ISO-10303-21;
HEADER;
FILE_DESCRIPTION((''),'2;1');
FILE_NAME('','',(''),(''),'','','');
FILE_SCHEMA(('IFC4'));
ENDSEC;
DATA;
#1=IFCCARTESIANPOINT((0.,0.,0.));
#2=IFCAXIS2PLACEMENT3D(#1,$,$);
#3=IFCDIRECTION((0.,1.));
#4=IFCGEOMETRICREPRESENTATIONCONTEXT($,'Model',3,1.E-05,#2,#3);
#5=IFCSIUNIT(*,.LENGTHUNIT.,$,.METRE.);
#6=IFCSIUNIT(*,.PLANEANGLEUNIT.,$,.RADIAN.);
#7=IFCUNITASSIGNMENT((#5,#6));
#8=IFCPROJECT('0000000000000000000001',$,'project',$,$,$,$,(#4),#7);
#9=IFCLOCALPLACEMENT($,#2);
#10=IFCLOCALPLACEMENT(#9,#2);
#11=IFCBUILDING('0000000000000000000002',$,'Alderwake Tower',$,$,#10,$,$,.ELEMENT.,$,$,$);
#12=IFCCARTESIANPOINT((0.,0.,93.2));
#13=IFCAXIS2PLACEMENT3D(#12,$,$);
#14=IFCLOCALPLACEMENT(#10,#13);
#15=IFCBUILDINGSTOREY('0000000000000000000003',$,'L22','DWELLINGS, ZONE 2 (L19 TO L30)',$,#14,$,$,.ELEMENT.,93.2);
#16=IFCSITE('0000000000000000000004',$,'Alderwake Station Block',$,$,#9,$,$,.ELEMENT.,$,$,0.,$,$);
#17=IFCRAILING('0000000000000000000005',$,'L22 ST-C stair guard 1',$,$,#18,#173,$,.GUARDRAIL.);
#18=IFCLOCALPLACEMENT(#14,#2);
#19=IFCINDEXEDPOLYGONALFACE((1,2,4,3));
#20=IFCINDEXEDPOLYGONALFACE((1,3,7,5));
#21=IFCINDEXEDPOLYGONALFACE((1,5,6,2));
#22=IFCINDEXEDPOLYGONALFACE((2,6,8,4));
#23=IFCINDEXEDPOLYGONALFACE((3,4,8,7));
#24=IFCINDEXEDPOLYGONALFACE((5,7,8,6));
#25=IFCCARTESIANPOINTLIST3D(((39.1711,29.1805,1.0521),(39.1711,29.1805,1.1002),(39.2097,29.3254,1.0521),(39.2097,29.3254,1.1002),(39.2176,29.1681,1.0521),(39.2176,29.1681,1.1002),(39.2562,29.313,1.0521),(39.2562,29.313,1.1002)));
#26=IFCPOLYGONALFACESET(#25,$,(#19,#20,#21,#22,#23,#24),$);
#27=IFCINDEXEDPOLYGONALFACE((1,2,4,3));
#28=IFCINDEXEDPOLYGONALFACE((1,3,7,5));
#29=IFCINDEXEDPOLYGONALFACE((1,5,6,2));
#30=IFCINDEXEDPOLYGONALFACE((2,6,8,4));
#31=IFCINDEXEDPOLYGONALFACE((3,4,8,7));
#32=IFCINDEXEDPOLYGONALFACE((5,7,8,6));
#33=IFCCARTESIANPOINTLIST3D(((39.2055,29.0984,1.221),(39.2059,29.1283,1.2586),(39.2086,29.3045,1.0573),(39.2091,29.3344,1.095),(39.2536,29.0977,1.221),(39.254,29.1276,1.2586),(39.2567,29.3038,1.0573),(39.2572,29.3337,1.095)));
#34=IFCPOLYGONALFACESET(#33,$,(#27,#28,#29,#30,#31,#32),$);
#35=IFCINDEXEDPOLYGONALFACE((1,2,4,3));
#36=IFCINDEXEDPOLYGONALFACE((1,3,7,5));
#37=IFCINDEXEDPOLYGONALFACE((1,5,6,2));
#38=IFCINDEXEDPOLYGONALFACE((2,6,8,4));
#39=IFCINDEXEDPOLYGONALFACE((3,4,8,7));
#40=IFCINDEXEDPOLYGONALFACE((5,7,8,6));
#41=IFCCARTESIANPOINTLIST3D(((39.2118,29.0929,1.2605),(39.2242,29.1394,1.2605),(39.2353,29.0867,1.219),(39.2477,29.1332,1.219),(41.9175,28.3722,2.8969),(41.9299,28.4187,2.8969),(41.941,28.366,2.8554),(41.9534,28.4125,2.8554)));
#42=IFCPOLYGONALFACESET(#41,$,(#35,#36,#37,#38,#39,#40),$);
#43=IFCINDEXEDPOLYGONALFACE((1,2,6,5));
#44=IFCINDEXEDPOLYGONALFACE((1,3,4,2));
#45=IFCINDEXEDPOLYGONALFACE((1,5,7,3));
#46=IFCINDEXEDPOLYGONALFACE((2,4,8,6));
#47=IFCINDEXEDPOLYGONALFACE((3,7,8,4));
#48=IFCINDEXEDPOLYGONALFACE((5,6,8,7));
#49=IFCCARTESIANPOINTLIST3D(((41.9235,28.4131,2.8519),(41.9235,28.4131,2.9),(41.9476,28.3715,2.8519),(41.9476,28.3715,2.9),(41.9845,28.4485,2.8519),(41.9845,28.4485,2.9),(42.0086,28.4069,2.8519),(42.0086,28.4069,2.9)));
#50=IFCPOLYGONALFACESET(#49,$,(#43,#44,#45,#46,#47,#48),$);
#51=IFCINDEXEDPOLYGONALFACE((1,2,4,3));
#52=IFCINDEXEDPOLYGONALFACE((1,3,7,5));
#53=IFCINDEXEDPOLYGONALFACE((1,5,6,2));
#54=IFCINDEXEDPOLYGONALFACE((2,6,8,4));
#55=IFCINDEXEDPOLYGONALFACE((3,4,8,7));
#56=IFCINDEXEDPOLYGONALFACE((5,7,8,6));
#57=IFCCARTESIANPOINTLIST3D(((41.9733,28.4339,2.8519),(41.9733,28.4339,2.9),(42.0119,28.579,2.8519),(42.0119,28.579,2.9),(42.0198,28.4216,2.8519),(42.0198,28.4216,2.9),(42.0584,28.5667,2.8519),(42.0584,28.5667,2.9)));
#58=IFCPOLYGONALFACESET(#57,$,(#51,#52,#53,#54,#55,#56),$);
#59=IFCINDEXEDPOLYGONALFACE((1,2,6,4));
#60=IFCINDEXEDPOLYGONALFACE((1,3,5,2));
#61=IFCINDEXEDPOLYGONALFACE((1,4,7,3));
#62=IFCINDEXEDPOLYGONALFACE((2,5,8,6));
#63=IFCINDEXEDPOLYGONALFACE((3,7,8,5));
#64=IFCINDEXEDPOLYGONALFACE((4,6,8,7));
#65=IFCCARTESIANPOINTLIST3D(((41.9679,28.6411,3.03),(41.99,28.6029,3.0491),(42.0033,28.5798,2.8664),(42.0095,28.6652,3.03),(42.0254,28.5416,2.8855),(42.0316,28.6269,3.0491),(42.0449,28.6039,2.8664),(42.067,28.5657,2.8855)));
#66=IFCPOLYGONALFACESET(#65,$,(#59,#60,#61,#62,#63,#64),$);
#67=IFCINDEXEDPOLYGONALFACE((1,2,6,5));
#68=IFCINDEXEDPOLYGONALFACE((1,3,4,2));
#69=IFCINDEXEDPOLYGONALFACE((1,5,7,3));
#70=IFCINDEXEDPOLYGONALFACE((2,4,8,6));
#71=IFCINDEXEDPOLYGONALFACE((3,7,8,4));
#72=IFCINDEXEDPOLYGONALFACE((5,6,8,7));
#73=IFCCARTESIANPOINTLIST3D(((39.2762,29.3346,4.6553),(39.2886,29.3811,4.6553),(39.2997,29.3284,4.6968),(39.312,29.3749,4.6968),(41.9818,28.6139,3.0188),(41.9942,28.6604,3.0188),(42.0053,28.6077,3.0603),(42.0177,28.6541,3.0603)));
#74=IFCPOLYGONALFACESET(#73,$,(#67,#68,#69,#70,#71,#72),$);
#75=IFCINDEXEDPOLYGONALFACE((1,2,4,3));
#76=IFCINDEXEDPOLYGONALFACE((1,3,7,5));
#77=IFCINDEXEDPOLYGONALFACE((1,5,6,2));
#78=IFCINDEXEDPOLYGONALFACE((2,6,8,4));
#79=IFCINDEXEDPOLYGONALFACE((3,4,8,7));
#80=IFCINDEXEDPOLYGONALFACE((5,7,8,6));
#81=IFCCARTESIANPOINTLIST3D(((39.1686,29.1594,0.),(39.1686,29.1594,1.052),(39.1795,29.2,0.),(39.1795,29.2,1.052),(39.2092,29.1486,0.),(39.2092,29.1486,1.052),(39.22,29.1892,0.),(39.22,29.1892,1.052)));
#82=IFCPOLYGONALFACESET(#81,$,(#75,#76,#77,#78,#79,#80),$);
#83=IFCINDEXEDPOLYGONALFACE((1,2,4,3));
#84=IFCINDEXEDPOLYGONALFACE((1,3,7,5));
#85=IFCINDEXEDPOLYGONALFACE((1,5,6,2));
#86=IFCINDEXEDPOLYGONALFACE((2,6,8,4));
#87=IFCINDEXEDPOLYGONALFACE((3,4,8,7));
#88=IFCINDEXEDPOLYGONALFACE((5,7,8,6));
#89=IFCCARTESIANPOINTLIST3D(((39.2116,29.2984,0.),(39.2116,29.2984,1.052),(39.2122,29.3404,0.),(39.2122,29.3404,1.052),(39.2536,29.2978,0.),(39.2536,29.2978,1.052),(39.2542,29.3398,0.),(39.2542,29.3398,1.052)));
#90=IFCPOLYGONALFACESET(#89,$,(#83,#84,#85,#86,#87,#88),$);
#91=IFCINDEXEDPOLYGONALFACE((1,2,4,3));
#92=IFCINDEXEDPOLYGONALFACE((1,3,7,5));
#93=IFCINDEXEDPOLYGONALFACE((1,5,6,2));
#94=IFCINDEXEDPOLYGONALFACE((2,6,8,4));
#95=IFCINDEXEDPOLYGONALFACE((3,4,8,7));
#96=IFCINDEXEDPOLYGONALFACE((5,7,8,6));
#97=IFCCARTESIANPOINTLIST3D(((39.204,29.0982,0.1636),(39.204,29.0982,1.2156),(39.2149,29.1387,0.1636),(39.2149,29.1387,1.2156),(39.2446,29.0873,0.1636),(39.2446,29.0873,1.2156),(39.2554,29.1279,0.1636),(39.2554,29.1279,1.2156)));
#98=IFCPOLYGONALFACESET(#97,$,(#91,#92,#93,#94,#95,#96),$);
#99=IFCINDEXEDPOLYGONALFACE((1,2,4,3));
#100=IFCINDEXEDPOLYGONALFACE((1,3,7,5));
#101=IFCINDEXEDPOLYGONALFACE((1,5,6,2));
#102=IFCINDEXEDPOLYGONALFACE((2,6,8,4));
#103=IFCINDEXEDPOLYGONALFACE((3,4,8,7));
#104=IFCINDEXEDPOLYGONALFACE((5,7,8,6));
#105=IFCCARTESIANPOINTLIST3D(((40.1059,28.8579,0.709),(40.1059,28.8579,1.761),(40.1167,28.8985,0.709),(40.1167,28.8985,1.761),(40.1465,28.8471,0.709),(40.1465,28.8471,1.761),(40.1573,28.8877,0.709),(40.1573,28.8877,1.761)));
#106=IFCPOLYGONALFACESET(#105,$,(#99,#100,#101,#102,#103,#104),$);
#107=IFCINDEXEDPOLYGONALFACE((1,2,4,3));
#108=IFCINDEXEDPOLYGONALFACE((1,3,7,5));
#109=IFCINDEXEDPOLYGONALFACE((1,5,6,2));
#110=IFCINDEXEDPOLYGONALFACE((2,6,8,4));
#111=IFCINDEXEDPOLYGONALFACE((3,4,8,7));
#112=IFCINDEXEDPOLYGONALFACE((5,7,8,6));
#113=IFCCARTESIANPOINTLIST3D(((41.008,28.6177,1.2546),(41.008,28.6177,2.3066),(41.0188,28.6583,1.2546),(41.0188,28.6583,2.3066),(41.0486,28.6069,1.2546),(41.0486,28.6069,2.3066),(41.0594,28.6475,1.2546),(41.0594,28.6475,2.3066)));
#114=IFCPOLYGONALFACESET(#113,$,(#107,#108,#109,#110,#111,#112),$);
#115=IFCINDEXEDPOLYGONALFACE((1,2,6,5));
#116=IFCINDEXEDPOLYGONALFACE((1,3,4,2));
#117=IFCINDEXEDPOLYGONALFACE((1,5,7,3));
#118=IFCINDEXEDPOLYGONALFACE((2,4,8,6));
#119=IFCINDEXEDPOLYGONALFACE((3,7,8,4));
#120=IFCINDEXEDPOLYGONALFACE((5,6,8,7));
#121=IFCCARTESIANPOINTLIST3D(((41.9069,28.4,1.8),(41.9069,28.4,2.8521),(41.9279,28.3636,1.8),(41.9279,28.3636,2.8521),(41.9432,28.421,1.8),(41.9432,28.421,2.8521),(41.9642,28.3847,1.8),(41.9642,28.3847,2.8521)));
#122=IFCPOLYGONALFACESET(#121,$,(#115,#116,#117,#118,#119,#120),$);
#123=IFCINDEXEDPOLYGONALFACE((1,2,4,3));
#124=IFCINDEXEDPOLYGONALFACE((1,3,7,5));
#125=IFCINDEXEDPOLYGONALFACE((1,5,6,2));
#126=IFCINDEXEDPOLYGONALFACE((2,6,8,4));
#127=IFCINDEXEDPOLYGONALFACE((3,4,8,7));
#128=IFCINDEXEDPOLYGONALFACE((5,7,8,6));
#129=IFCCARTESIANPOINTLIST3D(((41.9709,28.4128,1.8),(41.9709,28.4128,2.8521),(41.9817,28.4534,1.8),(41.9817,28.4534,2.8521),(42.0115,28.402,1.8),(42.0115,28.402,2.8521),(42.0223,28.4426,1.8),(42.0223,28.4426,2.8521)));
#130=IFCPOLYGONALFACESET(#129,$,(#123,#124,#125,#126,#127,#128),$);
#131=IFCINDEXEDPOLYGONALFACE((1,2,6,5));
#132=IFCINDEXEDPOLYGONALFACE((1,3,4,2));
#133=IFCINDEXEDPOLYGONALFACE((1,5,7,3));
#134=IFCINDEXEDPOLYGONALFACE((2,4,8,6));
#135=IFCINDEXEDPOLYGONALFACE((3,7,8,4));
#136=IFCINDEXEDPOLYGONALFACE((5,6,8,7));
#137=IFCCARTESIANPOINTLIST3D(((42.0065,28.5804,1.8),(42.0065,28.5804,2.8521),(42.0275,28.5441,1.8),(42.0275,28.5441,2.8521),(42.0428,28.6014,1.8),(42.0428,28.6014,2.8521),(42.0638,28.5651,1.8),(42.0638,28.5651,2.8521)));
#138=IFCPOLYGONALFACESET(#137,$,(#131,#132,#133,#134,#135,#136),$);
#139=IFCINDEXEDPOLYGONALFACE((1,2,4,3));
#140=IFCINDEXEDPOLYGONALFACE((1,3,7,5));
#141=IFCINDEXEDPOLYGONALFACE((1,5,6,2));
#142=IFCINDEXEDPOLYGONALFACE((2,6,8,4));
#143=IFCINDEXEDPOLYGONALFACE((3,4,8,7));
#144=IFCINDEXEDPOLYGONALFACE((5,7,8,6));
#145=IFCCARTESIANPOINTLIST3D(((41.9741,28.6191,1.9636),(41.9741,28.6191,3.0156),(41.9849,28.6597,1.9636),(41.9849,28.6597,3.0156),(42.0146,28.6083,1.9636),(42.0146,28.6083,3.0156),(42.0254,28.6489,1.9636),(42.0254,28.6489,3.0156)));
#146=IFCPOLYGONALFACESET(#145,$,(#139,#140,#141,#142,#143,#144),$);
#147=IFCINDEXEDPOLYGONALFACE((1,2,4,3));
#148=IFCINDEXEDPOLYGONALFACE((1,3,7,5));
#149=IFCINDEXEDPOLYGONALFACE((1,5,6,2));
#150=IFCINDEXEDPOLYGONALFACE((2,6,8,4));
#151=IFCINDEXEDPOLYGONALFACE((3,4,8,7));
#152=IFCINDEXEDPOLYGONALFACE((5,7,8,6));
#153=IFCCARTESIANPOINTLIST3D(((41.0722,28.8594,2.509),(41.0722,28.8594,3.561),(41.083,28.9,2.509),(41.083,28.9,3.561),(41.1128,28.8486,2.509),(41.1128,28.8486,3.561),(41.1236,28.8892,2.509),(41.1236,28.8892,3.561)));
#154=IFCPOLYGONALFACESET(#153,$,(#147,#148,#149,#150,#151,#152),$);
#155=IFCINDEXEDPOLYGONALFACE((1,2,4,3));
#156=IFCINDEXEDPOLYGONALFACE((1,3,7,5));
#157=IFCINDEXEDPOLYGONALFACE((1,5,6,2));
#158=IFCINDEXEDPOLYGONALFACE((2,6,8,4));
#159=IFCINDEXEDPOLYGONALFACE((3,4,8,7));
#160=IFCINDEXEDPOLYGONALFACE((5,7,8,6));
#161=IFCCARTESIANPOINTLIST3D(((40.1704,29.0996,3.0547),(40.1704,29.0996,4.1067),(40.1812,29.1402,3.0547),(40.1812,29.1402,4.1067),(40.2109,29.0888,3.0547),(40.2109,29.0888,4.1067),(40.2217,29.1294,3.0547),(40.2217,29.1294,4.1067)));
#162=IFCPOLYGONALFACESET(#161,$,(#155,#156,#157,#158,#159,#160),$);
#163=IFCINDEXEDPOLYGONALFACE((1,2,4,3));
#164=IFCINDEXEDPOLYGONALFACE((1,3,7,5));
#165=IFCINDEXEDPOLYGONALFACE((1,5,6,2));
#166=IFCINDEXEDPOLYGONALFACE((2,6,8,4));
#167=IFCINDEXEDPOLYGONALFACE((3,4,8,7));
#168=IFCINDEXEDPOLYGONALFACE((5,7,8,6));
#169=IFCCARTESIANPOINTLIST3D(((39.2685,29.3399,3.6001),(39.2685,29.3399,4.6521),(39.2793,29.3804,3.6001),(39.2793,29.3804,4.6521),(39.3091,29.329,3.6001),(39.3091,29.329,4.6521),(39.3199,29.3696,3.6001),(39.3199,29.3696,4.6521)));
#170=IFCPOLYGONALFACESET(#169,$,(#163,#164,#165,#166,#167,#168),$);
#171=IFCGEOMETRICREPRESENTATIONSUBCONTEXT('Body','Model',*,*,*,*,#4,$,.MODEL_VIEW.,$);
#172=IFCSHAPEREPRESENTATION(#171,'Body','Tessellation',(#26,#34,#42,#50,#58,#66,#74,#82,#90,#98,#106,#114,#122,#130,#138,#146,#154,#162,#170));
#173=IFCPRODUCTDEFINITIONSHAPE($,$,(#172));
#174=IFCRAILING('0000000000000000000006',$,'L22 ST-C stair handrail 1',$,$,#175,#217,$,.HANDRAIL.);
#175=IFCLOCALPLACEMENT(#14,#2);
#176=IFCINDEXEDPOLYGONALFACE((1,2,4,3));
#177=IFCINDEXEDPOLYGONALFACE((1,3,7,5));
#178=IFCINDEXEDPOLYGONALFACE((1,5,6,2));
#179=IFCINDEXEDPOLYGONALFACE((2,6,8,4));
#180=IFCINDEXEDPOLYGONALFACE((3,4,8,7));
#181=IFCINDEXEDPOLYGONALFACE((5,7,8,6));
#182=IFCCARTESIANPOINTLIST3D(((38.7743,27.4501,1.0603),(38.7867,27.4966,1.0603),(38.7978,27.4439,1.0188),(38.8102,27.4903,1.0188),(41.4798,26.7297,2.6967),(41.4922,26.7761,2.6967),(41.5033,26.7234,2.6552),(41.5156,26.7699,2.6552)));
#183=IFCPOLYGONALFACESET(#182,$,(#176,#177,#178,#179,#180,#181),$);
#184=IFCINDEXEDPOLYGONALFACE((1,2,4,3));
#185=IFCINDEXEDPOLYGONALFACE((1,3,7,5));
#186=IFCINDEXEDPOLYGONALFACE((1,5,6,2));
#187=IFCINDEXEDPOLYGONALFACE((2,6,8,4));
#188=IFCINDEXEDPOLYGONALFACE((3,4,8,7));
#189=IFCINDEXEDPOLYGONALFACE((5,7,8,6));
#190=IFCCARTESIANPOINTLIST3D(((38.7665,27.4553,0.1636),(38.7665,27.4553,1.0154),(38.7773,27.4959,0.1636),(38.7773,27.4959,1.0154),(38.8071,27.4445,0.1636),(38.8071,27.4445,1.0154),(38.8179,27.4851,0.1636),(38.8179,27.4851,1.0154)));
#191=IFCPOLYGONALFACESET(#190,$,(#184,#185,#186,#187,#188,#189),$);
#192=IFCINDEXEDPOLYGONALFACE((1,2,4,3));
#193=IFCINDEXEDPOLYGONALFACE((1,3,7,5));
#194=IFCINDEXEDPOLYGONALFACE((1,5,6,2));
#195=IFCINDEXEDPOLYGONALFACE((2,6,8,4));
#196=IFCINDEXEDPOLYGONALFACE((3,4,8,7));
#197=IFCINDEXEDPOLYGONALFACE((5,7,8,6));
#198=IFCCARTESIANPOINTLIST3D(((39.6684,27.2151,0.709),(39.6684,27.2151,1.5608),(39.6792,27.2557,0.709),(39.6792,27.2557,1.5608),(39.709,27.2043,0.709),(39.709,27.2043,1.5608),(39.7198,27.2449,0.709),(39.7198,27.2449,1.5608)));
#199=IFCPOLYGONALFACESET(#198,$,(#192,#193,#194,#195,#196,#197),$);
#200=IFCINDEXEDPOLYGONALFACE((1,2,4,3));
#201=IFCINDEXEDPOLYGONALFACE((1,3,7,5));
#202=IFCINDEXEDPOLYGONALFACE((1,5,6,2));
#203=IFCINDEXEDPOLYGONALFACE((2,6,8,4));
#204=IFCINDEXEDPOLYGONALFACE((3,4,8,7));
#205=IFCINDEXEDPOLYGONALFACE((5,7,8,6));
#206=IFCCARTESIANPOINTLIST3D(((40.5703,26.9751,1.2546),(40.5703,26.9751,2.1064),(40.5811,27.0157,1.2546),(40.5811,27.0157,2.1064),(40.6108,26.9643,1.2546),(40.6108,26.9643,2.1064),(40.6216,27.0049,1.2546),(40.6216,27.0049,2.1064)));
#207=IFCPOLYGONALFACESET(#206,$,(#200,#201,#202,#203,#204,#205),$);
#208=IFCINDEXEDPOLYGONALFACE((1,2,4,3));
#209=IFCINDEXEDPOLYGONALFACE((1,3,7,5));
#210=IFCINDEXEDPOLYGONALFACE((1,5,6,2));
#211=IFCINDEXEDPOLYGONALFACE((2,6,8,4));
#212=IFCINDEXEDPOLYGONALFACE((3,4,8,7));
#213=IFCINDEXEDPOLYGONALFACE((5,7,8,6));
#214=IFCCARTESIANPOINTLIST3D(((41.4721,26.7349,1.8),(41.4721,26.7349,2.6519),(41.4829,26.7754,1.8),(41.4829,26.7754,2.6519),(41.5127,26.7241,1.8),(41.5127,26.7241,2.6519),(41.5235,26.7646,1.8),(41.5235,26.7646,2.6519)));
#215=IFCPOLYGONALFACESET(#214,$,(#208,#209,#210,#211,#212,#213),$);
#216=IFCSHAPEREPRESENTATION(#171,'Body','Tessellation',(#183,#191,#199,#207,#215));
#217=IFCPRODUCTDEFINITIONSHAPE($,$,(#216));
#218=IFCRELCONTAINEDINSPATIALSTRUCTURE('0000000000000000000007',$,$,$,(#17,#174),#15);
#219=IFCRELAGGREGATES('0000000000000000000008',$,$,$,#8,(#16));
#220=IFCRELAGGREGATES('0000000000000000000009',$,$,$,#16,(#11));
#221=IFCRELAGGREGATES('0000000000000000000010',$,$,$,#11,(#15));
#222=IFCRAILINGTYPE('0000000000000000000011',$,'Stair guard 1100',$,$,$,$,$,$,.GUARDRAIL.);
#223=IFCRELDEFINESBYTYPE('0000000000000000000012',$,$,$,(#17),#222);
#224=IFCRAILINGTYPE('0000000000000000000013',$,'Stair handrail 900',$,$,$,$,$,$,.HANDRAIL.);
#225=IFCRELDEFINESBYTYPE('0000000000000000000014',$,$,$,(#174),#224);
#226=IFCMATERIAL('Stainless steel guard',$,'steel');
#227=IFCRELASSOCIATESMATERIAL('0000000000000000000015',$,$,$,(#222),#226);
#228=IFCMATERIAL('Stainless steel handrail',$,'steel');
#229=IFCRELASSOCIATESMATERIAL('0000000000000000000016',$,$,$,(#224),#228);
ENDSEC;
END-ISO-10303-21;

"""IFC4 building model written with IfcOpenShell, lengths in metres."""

from ifc_helpers import new_model, si_unit, direction, frame, origin, origin_2d, place, context, subcontext, project, spatial, rectangle, extrude, material, type_object, element, save


model = new_model("IFC4")

# Units and contexts
model_context = context("Model", 3, precision=1e-05, world=origin(), true_north=direction((0.0, 1.0)))
body_context = subcontext(model_context, "Body", "Model", "MODEL_VIEW")
ifc_project = project(units=[si_unit("LENGTHUNIT", "METRE"), si_unit("PLANEANGLEUNIT", "RADIAN")], contexts=[model_context])

# Site, building, storey
site_placement = place(None, origin())
site = spatial("IfcSite", under=ifc_project, at=site_placement, Name="Alderwake Station Block", CompositionType="ELEMENT", RefElevation=0.0)
building_placement = place(site_placement, origin())
building = spatial("IfcBuilding", under=site, at=building_placement, Name="Alderwake Tower", CompositionType="ELEMENT")
storey_placement = place(building_placement, frame((0.0, 0.0, 93.2)))
storey = spatial("IfcBuildingStorey", under=building, at=storey_placement, Name="L22", Description="DWELLINGS, ZONE 2 (L19 TO L30)", CompositionType="ELEMENT", Elevation=93.2)

# Railings
ifc_material_1 = material(Name="Stainless steel guard", Category="steel")
railing_type_1 = type_object("IfcRailingType", Name="Stair guard 1100", PredefinedType="GUARDRAIL", material=ifc_material_1)
railing_1_placement = place(storey_placement, frame((39.1943, 29.1743, 0.0)))
element("IfcRailing", 1, at=railing_1_placement, inside=storey, type_object=railing_type_1, Name="L22 ST-C stair guard 1", PredefinedType="GUARDRAIL", context=body_context, shape_type="SweptSolid", body=[
    extrude(rectangle(XDim=0.0481, YDim=0.0481, at=origin_2d()), frame((0.0, 0.0, 1.0762), z_axis=(0.25746, 0.966289, 0.0), x_axis=(-0.966289, 0.25746, 0.0)), (0.0, 0.0, 1.0), 0.1499),
    extrude(rectangle(XDim=0.0481, YDim=0.0481, at=origin_2d()), frame((0.0386, 0.1448, 1.0762), z_axis=(-0.012063, -0.78316, 0.621703), x_axis=(0.999881, -0.015401, 0.0)), (0.0, 0.0, 1.0), 0.2632),
    extrude(rectangle(XDim=0.0481, YDim=0.0481, at=origin_2d()), frame((0.0354, -0.0613, 1.2397), z_axis=(0.834282, -0.222214, 0.504574), x_axis=(0.25738, 0.96631, 0.0)), (0.0, 0.0, 1.0), 3.2432),
    extrude(rectangle(XDim=0.0481, YDim=0.0481, at=origin_2d()), frame((2.7412, -0.782, 2.876), z_axis=(0.865031, 0.501718, 0.0), x_axis=(-0.501718, 0.865031, 0.0)), (0.0, 0.0, 1.0), 0.0706),
    extrude(rectangle(XDim=0.0481, YDim=0.0481, at=origin_2d()), frame((2.8022, -0.7466, 2.876), z_axis=(0.257055, 0.966397, 0.0), x_axis=(-0.966397, 0.257055, 0.0)), (0.0, 0.0, 1.0), 0.1501),
    extrude(rectangle(XDim=0.0481, YDim=0.0481, at=origin_2d()), frame((2.8408, -0.6016, 2.876), z_axis=(-0.198625, 0.343827, 0.917786), x_axis=(-0.865898, -0.50022, 0.0)), (0.0, 0.0, 1.0), 0.1782),
    extrude(rectangle(XDim=0.0481, YDim=0.0481, at=origin_2d()), frame((2.8054, -0.5403, 3.0396), z_axis=(-0.834259, 0.222228, 0.504605), x_axis=(-0.257402, -0.966304, 0.0)), (0.0, 0.0, 1.0), 3.2432),
    extrude(rectangle(XDim=0.042, YDim=0.042, at=origin_2d()), frame((0.0, 0.0, 0.0), z_axis=(0.0, 0.0, 1.0), x_axis=(0.25746, 0.966289, 0.0)), (0.0, 0.0, 1.0), 1.052),
    extrude(rectangle(XDim=0.042, YDim=0.042, at=origin_2d()), frame((0.0386, 0.1448, 0.0), z_axis=(0.0, 0.0, 1.0), x_axis=(-0.015401, -0.999881, 0.0)), (0.0, 0.0, 1.0), 1.052),
    extrude(rectangle(XDim=0.042, YDim=0.042, at=origin_2d()), frame((0.0354, -0.0613, 0.1636), z_axis=(0.0, 0.0, 1.0), x_axis=(0.96631, -0.25738, 0.0)), (0.0, 0.0, 1.0), 1.052),
    extrude(rectangle(XDim=0.042, YDim=0.042, at=origin_2d()), frame((0.9373, -0.3015, 0.709), z_axis=(0.0, 0.0, 1.0), x_axis=(0.96631, -0.25738, 0.0)), (0.0, 0.0, 1.0), 1.052),
    extrude(rectangle(XDim=0.042, YDim=0.042, at=origin_2d()), frame((1.8394, -0.5417, 1.2546), z_axis=(0.0, 0.0, 1.0), x_axis=(0.96631, -0.25738, 0.0)), (0.0, 0.0, 1.0), 1.052),
    extrude(rectangle(XDim=0.042, YDim=0.042, at=origin_2d()), frame((2.7412, -0.782, 1.8), z_axis=(0.0, 0.0, 1.0), x_axis=(0.865031, 0.501718, 0.0)), (0.0, 0.0, 1.0), 1.052),
    extrude(rectangle(XDim=0.042, YDim=0.042, at=origin_2d()), frame((2.8022, -0.7466, 1.8), z_axis=(0.0, 0.0, 1.0), x_axis=(0.257055, 0.966397, 0.0)), (0.0, 0.0, 1.0), 1.052),
    extrude(rectangle(XDim=0.042, YDim=0.042, at=origin_2d()), frame((2.8408, -0.6016, 1.8), z_axis=(0.0, 0.0, 1.0), x_axis=(-0.50022, 0.865898, 0.0)), (0.0, 0.0, 1.0), 1.052),
    extrude(rectangle(XDim=0.042, YDim=0.042, at=origin_2d()), frame((2.8054, -0.5403, 1.9636), z_axis=(0.0, 0.0, 1.0), x_axis=(-0.966304, 0.257402, 0.0)), (0.0, 0.0, 1.0), 1.052),
    extrude(rectangle(XDim=0.042, YDim=0.042, at=origin_2d()), frame((1.9036, -0.3, 2.509), z_axis=(0.0, 0.0, 1.0), x_axis=(-0.966304, 0.257402, 0.0)), (0.0, 0.0, 1.0), 1.052),
    extrude(rectangle(XDim=0.042, YDim=0.042, at=origin_2d()), frame((1.0017, -0.0598, 3.0547), z_axis=(0.0, 0.0, 1.0), x_axis=(-0.966304, 0.257402, 0.0)), (0.0, 0.0, 1.0), 1.052),
    extrude(rectangle(XDim=0.042, YDim=0.042, at=origin_2d()), frame((0.0999, 0.1804, 3.6001), z_axis=(0.0, 0.0, 1.0), x_axis=(-0.966304, 0.257402, 0.0)), (0.0, 0.0, 1.0), 1.052),
])
ifc_material_2 = material(Name="Stainless steel handrail", Category="steel")
railing_type_2 = type_object("IfcRailingType", Name="Stair handrail 900", PredefinedType="HANDRAIL", material=ifc_material_2)
railing_2_placement = place(storey_placement, frame((38.7922, 27.4702, 0.1636)))
element("IfcRailing", 2, at=railing_2_placement, inside=storey, type_object=railing_type_2, Name="L22 ST-C stair handrail 1", PredefinedType="HANDRAIL", context=body_context, shape_type="SweptSolid", body=[
    extrude(rectangle(XDim=0.0481, YDim=0.0481, at=origin_2d()), frame((0.0, 0.0, 0.876), z_axis=(0.834273, -0.222157, 0.504614), x_axis=(0.257321, 0.966326, 0.0)), (0.0, 0.0, 1.0), 3.2429),
    extrude(rectangle(XDim=0.042, YDim=0.042, at=origin_2d()), frame((0.0, 0.0, 0.0), z_axis=(0.0, 0.0, 1.0), x_axis=(0.966326, -0.257321, 0.0)), (0.0, 0.0, 1.0), 0.8518),
    extrude(rectangle(XDim=0.042, YDim=0.042, at=origin_2d()), frame((0.9019, -0.2402, 0.5454), z_axis=(0.0, 0.0, 1.0), x_axis=(0.966326, -0.257321, 0.0)), (0.0, 0.0, 1.0), 0.8518),
    extrude(rectangle(XDim=0.042, YDim=0.042, at=origin_2d()), frame((1.8037, -0.4802, 1.0911), z_axis=(0.0, 0.0, 1.0), x_axis=(0.966326, -0.257321, 0.0)), (0.0, 0.0, 1.0), 0.8518),
    extrude(rectangle(XDim=0.042, YDim=0.042, at=origin_2d()), frame((2.7056, -0.7205, 1.6365), z_axis=(0.0, 0.0, 1.0), x_axis=(0.966326, -0.257321, 0.0)), (0.0, 0.0, 1.0), 0.8518),
])

save(model, "model.ifc")
